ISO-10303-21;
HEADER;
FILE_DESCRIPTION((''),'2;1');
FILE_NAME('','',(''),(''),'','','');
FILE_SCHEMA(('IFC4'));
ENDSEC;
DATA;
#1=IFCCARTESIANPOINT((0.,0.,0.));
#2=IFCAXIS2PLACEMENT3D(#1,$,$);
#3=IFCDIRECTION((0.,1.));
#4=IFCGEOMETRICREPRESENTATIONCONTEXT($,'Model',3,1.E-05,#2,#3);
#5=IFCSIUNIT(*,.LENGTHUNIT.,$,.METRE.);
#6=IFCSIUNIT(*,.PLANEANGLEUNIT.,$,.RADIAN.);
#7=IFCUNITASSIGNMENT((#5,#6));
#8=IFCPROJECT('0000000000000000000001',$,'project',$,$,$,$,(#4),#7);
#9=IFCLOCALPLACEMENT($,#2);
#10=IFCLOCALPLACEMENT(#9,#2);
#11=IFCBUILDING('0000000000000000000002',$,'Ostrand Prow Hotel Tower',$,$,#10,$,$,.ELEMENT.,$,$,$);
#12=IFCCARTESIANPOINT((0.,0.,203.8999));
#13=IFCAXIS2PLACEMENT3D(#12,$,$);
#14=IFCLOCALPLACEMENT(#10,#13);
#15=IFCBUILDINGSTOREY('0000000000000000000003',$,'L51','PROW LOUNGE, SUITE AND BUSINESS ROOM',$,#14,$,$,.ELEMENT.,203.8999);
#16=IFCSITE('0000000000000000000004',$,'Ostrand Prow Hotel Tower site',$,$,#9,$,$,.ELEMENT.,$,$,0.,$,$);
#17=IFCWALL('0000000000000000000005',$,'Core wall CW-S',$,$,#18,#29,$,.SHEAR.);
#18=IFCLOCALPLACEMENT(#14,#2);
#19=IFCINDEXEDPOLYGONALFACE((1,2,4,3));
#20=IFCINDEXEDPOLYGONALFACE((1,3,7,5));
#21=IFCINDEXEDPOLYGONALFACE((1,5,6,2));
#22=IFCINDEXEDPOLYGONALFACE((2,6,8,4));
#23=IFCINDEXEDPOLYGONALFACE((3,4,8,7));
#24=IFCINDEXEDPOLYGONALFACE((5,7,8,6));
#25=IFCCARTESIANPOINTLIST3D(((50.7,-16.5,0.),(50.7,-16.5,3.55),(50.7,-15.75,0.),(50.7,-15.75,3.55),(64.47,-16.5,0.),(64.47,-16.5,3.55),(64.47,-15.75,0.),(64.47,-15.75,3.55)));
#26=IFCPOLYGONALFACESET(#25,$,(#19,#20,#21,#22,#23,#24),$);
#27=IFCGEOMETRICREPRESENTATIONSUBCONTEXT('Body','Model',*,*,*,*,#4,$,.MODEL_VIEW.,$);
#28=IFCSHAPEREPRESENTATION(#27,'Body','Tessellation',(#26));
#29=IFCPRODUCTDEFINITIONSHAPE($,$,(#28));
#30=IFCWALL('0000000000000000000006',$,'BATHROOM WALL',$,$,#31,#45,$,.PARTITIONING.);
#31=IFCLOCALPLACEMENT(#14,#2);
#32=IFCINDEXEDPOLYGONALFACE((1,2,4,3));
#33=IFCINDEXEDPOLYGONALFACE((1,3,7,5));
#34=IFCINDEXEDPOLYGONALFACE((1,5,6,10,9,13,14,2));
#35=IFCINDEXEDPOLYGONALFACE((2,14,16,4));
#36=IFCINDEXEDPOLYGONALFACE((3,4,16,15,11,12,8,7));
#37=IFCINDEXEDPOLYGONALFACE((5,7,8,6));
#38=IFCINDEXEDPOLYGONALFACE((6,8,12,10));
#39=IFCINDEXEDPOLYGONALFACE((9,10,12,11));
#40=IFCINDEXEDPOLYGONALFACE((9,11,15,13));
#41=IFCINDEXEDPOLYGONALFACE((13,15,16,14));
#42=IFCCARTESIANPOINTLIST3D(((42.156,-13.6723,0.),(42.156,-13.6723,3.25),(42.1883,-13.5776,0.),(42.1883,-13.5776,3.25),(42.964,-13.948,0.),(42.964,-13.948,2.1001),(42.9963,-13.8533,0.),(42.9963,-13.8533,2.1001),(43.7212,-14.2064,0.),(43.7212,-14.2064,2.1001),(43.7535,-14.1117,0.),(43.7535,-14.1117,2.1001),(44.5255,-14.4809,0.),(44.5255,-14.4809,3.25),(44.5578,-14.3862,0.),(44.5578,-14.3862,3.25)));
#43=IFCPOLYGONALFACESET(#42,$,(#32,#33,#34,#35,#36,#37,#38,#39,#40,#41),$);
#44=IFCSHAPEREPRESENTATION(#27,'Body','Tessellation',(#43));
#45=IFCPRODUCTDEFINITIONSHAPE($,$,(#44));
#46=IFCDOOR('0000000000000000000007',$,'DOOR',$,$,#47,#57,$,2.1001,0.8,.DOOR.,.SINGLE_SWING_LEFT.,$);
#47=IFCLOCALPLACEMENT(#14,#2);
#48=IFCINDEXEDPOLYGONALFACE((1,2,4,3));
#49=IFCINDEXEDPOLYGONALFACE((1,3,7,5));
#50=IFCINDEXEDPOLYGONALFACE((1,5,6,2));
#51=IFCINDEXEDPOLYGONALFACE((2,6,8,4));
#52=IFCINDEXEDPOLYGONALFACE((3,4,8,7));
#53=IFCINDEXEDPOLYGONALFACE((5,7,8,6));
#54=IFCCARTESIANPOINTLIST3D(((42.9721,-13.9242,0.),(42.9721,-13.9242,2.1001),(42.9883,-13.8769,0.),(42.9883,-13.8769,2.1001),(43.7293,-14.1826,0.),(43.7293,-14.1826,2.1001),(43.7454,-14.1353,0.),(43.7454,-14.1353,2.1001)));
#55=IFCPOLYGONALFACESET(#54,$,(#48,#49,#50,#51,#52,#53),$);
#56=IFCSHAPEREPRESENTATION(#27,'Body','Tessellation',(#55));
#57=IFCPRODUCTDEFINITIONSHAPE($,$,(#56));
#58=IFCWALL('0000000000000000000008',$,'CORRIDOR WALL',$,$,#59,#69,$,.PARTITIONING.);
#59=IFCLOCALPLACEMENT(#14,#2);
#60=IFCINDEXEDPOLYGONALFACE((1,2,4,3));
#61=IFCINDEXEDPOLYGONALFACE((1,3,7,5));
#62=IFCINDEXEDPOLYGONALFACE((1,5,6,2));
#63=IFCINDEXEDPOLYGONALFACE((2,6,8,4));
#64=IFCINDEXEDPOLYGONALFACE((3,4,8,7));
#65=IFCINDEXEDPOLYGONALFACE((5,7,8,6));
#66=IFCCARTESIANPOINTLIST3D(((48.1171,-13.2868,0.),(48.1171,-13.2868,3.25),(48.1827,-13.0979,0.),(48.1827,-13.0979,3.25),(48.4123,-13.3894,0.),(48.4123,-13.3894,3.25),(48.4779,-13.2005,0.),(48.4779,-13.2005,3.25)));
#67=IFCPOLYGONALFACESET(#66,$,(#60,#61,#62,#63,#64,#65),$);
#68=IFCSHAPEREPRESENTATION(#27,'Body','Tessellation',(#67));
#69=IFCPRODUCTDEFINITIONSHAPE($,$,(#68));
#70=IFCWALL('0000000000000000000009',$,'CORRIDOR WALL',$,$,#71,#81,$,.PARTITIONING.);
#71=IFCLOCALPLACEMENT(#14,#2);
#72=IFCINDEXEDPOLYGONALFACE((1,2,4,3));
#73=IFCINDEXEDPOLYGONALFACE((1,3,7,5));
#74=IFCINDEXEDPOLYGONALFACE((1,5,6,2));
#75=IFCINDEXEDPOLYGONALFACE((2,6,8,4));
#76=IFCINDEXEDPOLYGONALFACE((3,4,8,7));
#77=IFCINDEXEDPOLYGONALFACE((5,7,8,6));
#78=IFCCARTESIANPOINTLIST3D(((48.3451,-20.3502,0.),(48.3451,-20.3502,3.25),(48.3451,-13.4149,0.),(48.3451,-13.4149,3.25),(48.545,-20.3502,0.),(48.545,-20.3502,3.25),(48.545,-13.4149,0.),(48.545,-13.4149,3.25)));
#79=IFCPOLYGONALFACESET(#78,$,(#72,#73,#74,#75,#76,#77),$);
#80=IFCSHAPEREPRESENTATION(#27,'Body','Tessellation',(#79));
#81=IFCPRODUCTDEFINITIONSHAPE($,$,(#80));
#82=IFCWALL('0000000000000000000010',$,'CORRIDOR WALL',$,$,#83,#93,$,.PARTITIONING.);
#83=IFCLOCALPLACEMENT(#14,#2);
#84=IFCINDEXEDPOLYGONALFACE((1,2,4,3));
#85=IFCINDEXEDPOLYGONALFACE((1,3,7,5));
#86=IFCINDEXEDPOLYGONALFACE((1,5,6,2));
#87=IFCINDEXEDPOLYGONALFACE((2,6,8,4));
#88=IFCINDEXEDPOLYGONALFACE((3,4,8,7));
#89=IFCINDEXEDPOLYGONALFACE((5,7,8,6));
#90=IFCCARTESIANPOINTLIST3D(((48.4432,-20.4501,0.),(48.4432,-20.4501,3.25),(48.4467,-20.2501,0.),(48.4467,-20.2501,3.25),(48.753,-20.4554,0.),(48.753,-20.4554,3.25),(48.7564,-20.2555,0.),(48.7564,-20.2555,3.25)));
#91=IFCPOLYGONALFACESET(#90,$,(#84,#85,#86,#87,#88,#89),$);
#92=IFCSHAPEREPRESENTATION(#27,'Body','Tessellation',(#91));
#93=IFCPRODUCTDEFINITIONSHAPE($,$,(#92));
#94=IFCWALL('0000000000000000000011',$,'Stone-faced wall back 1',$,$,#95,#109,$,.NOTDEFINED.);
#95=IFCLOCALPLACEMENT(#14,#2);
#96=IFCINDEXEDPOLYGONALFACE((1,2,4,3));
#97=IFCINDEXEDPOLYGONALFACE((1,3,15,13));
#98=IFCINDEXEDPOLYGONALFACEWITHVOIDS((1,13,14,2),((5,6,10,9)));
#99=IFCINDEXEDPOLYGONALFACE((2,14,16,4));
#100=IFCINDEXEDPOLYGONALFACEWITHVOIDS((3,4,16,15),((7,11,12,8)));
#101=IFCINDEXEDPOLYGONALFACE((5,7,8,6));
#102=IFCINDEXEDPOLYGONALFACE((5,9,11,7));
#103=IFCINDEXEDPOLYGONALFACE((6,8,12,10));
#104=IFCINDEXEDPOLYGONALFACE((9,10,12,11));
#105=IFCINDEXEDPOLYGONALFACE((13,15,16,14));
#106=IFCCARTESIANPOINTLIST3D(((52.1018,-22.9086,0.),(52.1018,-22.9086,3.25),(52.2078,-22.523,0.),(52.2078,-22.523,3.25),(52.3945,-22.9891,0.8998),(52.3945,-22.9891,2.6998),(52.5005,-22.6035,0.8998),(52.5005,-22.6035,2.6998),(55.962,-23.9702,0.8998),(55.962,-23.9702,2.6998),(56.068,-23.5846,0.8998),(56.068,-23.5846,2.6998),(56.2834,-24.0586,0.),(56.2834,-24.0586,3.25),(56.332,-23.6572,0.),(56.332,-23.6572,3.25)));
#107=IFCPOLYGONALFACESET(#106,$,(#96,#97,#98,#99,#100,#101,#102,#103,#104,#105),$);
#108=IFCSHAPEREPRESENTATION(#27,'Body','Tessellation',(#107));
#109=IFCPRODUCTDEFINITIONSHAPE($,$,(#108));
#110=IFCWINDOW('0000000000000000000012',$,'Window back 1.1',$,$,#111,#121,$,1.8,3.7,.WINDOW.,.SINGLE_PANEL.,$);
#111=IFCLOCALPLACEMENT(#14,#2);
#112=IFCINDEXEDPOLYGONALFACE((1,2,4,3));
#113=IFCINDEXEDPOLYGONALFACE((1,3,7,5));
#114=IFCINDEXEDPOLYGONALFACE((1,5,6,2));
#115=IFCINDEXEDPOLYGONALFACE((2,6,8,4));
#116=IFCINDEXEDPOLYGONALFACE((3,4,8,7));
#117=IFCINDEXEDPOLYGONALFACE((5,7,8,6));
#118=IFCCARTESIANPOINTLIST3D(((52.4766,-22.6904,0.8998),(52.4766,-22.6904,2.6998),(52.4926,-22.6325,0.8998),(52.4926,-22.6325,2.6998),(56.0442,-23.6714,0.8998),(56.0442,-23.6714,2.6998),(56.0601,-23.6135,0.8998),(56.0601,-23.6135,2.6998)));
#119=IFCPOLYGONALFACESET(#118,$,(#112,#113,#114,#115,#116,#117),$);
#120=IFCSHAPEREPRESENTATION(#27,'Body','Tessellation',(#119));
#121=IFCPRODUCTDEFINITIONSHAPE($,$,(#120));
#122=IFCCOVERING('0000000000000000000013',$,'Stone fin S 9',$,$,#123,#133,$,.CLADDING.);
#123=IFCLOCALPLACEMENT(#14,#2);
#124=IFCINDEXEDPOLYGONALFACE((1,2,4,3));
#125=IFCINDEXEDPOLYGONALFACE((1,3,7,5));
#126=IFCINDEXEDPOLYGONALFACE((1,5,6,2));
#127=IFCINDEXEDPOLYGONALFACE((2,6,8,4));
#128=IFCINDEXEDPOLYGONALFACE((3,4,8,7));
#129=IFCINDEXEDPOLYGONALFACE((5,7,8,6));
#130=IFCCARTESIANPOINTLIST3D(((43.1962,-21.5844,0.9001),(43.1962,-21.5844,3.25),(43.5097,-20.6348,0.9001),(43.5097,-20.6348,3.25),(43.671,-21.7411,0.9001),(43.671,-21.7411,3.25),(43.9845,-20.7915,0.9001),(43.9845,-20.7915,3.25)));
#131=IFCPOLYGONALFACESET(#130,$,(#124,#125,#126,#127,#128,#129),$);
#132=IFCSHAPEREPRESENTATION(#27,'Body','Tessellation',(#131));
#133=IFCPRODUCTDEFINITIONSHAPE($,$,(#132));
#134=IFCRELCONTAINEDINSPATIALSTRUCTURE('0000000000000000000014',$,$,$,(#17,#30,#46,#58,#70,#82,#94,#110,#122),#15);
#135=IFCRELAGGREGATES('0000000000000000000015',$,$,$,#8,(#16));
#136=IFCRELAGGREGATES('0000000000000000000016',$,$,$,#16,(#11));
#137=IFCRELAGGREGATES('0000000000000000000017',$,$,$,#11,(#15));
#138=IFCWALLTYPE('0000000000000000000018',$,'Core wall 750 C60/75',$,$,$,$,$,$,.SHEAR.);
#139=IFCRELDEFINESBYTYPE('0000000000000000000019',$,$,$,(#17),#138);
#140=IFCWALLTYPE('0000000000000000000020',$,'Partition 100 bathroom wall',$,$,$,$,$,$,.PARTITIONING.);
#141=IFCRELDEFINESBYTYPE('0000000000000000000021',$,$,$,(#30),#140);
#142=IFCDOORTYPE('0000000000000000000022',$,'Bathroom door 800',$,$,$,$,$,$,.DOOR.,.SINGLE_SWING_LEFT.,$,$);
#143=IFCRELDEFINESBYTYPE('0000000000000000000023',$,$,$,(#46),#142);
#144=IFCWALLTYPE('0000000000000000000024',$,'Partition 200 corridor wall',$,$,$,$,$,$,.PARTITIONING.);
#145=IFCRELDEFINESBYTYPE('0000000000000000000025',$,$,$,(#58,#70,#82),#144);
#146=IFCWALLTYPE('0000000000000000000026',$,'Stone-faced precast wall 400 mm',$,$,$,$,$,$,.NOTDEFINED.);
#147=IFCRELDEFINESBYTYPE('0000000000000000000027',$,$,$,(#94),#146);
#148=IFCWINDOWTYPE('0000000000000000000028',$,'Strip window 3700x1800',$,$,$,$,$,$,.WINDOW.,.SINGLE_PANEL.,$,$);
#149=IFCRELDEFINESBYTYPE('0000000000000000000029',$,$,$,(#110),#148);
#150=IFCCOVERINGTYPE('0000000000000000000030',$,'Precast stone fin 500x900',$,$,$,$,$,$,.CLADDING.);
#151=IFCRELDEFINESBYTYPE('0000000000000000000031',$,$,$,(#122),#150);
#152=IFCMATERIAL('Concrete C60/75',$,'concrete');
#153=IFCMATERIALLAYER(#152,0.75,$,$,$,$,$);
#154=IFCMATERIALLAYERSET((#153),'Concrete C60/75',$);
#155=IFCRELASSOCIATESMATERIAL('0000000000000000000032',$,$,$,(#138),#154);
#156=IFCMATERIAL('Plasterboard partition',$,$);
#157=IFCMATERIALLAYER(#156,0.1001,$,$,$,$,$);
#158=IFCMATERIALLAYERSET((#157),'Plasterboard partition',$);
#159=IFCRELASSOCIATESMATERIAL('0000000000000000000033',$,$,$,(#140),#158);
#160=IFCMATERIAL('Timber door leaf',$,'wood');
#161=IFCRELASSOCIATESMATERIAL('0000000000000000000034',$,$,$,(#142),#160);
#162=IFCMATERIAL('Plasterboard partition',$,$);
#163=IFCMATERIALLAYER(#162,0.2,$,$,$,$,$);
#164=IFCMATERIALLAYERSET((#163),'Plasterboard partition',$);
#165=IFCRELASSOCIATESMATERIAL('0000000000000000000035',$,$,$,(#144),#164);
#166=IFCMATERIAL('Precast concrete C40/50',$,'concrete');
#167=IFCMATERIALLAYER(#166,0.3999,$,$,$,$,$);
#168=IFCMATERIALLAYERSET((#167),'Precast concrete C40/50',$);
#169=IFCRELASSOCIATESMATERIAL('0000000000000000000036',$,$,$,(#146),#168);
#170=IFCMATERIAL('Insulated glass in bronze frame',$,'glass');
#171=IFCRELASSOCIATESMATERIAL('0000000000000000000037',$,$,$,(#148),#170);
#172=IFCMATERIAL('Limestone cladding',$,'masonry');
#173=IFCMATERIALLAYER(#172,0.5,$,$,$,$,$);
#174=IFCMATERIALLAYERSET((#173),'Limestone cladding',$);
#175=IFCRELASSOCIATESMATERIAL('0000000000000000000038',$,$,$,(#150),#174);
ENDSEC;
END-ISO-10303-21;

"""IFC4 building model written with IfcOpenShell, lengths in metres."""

from ifc_helpers import new_model, si_unit, direction, frame, frame_2d, origin, place, context, subcontext, project, spatial, polyline, rectangle, outline, extrude, material, layer, layer_set, type_object, element, fill, save


model = new_model("IFC4")

# Units and contexts
model_context = context("Model", 3, precision=1e-05, world=origin(), true_north=direction((0.0, 1.0)))
body_context = subcontext(model_context, "Body", "Model", "MODEL_VIEW")
ifc_project = project(units=[si_unit("LENGTHUNIT", "METRE"), si_unit("PLANEANGLEUNIT", "RADIAN")], contexts=[model_context])

# Site, building, storey
site_placement = place(None, origin())
site = spatial("IfcSite", under=ifc_project, at=site_placement, Name="Ostrand Prow Hotel Tower site", CompositionType="ELEMENT", RefElevation=0.0)
building_placement = place(site_placement, origin())
building = spatial("IfcBuilding", under=site, at=building_placement, Name="Ostrand Prow Hotel Tower", CompositionType="ELEMENT")
storey_placement = place(building_placement, frame((0.0, 0.0, 203.8999)))
storey = spatial("IfcBuildingStorey", under=building, at=storey_placement, Name="L51", Description="PROW LOUNGE, SUITE AND BUSINESS ROOM", CompositionType="ELEMENT", Elevation=203.8999)

# Shared definitions
ifc_material_1 = material(Name="Concrete C60/75", Category="concrete")
ifc_layer_1 = layer(ifc_material_1, 0.75)
ifc_layer_set_1 = layer_set([ifc_layer_1], Name="Concrete C60/75")
wall_type_1 = type_object("IfcWallType", Name="Core wall 750 C60/75", PredefinedType="SHEAR", material=ifc_layer_set_1)

# Wall
wall_1_placement = place(storey_placement, frame((50.7, -16.125, 0.0), z_axis=(0.0, 0.0, 1.0), x_axis=(1.0, 0.0, 0.0)))
element("IfcWall", 1, at=wall_1_placement, inside=storey, type_object=wall_type_1, Name="Core wall CW-S", PredefinedType="SHEAR", context=body_context, shape_type="SweptSolid", body=[
    extrude(rectangle(XDim=13.77, YDim=0.75, at=frame_2d((6.885, 0.0))), origin(), (0.0, 0.0, 1.0), 3.55),
])

# Wall, opening, door
ifc_material_2 = material(Name="Plasterboard partition")
ifc_layer_2 = layer(ifc_material_2, 0.1001)
ifc_layer_set_2 = layer_set([ifc_layer_2], Name="Plasterboard partition")
wall_type_2 = type_object("IfcWallType", Name="Partition 100 bathroom wall", PredefinedType="PARTITIONING", material=ifc_layer_set_2)
wall_2_placement = place(storey_placement, frame((44.5417, -14.4336, 0.0), z_axis=(0.0, 0.0, 1.0), x_axis=(-0.946407, 0.322978, 0.0)))
wall_2 = element("IfcWall", 2, at=wall_2_placement, inside=storey, type_object=wall_type_2, Name="BATHROOM WALL", PredefinedType="PARTITIONING", context=body_context, shape_type="SweptSolid", body=[
    extrude(rectangle(XDim=2.5037, YDim=0.1001, at=frame_2d((1.252, 0.0))), origin(), (0.0, 0.0, 1.0), 3.25),
])
opening_1_placement = place(wall_2_placement, frame((0.8501, 0.0, 0.0)))
opening_1 = element("IfcOpeningElement", 3, at=opening_1_placement, cuts=wall_2, PredefinedType="OPENING", context=body_context, shape_type="SweptSolid", body=[
    extrude(rectangle(XDim=0.8, YDim=2.1001, at=frame_2d((0.3999, 1.05))), frame((0.0, 0.0601, 0.0), z_axis=(0.0, -1.0, 0.0), x_axis=(1.0, 0.0, 0.0)), (0.0, 0.0, 1.0), 0.1201),
])
ifc_material_3 = material(Name="Timber door leaf", Category="wood")
door_type_1 = type_object("IfcDoorType", Name="Bathroom door 800", OperationType="SINGLE_SWING_LEFT", PredefinedType="DOOR", material=ifc_material_3)
door_1_placement = place(opening_1_placement, origin())
door_1 = element("IfcDoor", 4, at=door_1_placement, inside=storey, type_object=door_type_1, Name="DOOR", OperationType="SINGLE_SWING_LEFT", OverallHeight=2.1001, OverallWidth=0.8, PredefinedType="DOOR", context=body_context, shape_type="SweptSolid", body=[
    extrude(rectangle(XDim=0.8, YDim=2.1001, at=frame_2d((0.3999, 1.05))), frame((0.0, 0.0249, 0.0), z_axis=(0.0, -1.0, 0.0), x_axis=(1.0, 0.0, 0.0)), (0.0, 0.0, 1.0), 0.05),
])
fill(opening_1, door_1)

# Walls
ifc_material_4 = material(Name="Plasterboard partition")
ifc_layer_3 = layer(ifc_material_4, 0.2)
ifc_layer_set_3 = layer_set([ifc_layer_3], Name="Plasterboard partition")
wall_type_3 = type_object("IfcWallType", Name="Partition 200 corridor wall", PredefinedType="PARTITIONING", material=ifc_layer_set_3)
wall_3_placement = place(storey_placement, frame((48.1499, -13.1924, 0.0), z_axis=(0.0, 0.0, 1.0), x_axis=(0.944623, -0.328157, 0.0)))
element("IfcWall", 5, at=wall_3_placement, inside=storey, type_object=wall_type_3, Name="CORRIDOR WALL", PredefinedType="PARTITIONING", context=body_context, shape_type="SweptSolid", body=[
    extrude(rectangle(XDim=0.3125, YDim=0.2, at=frame_2d((0.1562, 0.0))), origin(), (0.0, 0.0, 1.0), 3.25),
])
wall_4_placement = place(storey_placement, frame((48.4451, -13.4148, 0.0), z_axis=(0.0, 0.0, 1.0), x_axis=(0.0, -1.0, 0.0)))
element("IfcWall", 6, at=wall_4_placement, inside=storey, type_object=wall_type_3, Name="CORRIDOR WALL", PredefinedType="PARTITIONING", context=body_context, shape_type="SweptSolid", body=[
    extrude(rectangle(XDim=6.9353, YDim=0.2, at=frame_2d((3.4678, 0.0))), origin(), (0.0, 0.0, 1.0), 3.25),
])
wall_5_placement = place(storey_placement, frame((48.4451, -20.3501, 0.0), z_axis=(0.0, 0.0, 1.0), x_axis=(0.99985, -0.017334, 0.0)))
element("IfcWall", 7, at=wall_5_placement, inside=storey, type_object=wall_type_3, Name="CORRIDOR WALL", PredefinedType="PARTITIONING", context=body_context, shape_type="SweptSolid", body=[
    extrude(rectangle(XDim=0.3098, YDim=0.2, at=frame_2d((0.1548, 0.0))), origin(), (0.0, 0.0, 1.0), 3.25),
])

# Wall, opening, window
ifc_material_5 = material(Name="Precast concrete C40/50", Category="concrete")
ifc_layer_4 = layer(ifc_material_5, 0.3999)
ifc_layer_set_4 = layer_set([ifc_layer_4], Name="Precast concrete C40/50")
wall_type_4 = type_object("IfcWallType", Name="Stone-faced precast wall 400 mm", PredefinedType="NOTDEFINED", material=ifc_layer_set_4)
wall_6_placement = place(storey_placement, frame((52.1548, -22.7158, 0.0), z_axis=(0.0, 0.0, 1.0), x_axis=(0.964206, -0.265155, 0.0)))
wall_6 = element("IfcWall", 8, at=wall_6_placement, inside=storey, type_object=wall_type_4, Name="Stone-faced wall back 1", PredefinedType="NOTDEFINED", context=body_context, shape_type="SweptSolid", body=[
    extrude(outline(polyline([(0.0, -0.2), (4.3369, -0.2), (4.2773, 0.2), (0.0, 0.2), (0.0, -0.2)])), origin(), (0.0, 0.0, 1.0), 3.25),
])
opening_2_placement = place(wall_6_placement, frame((0.3035, 0.0, 0.8999)))
opening_2 = element("IfcOpeningElement", 9, at=opening_2_placement, cuts=wall_6, PredefinedType="OPENING", context=body_context, shape_type="SweptSolid", body=[
    extrude(rectangle(XDim=3.7, YDim=1.8, at=frame_2d((1.8501, 0.8999))), frame((0.0, 0.21, 0.0), z_axis=(0.0, -1.0, 0.0), x_axis=(1.0, 0.0, 0.0)), (0.0, 0.0, 1.0), 0.4199),
])
ifc_material_6 = material(Name="Insulated glass in bronze frame", Category="glass")
window_type = type_object("IfcWindowType", Name="Strip window 3700x1800", PartitioningType="SINGLE_PANEL", PredefinedType="WINDOW", material=ifc_material_6)
window_placement = place(opening_2_placement, origin())
window = element("IfcWindow", 10, at=window_placement, inside=storey, type_object=window_type, Name="Window back 1.1", OverallHeight=1.8, OverallWidth=3.7, PartitioningType="SINGLE_PANEL", PredefinedType="WINDOW", context=body_context, shape_type="SweptSolid", body=[
    extrude(rectangle(XDim=3.7, YDim=1.8, at=frame_2d((1.8501, 0.8999))), frame((0.0, 0.1699, 0.0), z_axis=(0.0, -1.0, 0.0), x_axis=(1.0, 0.0, 0.0)), (0.0, 0.0, 1.0), 0.0601),
])
fill(opening_2, window)

# Covering
ifc_material_7 = material(Name="Limestone cladding", Category="masonry")
ifc_layer_5 = layer(ifc_material_7, 0.5)
ifc_layer_set_5 = layer_set([ifc_layer_5], Name="Limestone cladding")
covering_type = type_object("IfcCoveringType", Name="Precast stone fin 500x900", PredefinedType="CLADDING", material=ifc_layer_set_5)
covering_placement = place(storey_placement, frame((43.7471, -20.7131, 0.9001), z_axis=(0.0, 0.0, 1.0), x_axis=(-0.313443, -0.949607, 0.0)))
element("IfcCovering", 11, at=covering_placement, inside=storey, type_object=covering_type, Name="Stone fin S 9", PredefinedType="CLADDING", context=body_context, shape_type="SweptSolid", body=[
    extrude(rectangle(XDim=1.0, YDim=0.5, at=frame_2d((0.5, 0.0))), origin(), (0.0, 0.0, 1.0), 2.3499),
])

save(model, "model.ifc")
